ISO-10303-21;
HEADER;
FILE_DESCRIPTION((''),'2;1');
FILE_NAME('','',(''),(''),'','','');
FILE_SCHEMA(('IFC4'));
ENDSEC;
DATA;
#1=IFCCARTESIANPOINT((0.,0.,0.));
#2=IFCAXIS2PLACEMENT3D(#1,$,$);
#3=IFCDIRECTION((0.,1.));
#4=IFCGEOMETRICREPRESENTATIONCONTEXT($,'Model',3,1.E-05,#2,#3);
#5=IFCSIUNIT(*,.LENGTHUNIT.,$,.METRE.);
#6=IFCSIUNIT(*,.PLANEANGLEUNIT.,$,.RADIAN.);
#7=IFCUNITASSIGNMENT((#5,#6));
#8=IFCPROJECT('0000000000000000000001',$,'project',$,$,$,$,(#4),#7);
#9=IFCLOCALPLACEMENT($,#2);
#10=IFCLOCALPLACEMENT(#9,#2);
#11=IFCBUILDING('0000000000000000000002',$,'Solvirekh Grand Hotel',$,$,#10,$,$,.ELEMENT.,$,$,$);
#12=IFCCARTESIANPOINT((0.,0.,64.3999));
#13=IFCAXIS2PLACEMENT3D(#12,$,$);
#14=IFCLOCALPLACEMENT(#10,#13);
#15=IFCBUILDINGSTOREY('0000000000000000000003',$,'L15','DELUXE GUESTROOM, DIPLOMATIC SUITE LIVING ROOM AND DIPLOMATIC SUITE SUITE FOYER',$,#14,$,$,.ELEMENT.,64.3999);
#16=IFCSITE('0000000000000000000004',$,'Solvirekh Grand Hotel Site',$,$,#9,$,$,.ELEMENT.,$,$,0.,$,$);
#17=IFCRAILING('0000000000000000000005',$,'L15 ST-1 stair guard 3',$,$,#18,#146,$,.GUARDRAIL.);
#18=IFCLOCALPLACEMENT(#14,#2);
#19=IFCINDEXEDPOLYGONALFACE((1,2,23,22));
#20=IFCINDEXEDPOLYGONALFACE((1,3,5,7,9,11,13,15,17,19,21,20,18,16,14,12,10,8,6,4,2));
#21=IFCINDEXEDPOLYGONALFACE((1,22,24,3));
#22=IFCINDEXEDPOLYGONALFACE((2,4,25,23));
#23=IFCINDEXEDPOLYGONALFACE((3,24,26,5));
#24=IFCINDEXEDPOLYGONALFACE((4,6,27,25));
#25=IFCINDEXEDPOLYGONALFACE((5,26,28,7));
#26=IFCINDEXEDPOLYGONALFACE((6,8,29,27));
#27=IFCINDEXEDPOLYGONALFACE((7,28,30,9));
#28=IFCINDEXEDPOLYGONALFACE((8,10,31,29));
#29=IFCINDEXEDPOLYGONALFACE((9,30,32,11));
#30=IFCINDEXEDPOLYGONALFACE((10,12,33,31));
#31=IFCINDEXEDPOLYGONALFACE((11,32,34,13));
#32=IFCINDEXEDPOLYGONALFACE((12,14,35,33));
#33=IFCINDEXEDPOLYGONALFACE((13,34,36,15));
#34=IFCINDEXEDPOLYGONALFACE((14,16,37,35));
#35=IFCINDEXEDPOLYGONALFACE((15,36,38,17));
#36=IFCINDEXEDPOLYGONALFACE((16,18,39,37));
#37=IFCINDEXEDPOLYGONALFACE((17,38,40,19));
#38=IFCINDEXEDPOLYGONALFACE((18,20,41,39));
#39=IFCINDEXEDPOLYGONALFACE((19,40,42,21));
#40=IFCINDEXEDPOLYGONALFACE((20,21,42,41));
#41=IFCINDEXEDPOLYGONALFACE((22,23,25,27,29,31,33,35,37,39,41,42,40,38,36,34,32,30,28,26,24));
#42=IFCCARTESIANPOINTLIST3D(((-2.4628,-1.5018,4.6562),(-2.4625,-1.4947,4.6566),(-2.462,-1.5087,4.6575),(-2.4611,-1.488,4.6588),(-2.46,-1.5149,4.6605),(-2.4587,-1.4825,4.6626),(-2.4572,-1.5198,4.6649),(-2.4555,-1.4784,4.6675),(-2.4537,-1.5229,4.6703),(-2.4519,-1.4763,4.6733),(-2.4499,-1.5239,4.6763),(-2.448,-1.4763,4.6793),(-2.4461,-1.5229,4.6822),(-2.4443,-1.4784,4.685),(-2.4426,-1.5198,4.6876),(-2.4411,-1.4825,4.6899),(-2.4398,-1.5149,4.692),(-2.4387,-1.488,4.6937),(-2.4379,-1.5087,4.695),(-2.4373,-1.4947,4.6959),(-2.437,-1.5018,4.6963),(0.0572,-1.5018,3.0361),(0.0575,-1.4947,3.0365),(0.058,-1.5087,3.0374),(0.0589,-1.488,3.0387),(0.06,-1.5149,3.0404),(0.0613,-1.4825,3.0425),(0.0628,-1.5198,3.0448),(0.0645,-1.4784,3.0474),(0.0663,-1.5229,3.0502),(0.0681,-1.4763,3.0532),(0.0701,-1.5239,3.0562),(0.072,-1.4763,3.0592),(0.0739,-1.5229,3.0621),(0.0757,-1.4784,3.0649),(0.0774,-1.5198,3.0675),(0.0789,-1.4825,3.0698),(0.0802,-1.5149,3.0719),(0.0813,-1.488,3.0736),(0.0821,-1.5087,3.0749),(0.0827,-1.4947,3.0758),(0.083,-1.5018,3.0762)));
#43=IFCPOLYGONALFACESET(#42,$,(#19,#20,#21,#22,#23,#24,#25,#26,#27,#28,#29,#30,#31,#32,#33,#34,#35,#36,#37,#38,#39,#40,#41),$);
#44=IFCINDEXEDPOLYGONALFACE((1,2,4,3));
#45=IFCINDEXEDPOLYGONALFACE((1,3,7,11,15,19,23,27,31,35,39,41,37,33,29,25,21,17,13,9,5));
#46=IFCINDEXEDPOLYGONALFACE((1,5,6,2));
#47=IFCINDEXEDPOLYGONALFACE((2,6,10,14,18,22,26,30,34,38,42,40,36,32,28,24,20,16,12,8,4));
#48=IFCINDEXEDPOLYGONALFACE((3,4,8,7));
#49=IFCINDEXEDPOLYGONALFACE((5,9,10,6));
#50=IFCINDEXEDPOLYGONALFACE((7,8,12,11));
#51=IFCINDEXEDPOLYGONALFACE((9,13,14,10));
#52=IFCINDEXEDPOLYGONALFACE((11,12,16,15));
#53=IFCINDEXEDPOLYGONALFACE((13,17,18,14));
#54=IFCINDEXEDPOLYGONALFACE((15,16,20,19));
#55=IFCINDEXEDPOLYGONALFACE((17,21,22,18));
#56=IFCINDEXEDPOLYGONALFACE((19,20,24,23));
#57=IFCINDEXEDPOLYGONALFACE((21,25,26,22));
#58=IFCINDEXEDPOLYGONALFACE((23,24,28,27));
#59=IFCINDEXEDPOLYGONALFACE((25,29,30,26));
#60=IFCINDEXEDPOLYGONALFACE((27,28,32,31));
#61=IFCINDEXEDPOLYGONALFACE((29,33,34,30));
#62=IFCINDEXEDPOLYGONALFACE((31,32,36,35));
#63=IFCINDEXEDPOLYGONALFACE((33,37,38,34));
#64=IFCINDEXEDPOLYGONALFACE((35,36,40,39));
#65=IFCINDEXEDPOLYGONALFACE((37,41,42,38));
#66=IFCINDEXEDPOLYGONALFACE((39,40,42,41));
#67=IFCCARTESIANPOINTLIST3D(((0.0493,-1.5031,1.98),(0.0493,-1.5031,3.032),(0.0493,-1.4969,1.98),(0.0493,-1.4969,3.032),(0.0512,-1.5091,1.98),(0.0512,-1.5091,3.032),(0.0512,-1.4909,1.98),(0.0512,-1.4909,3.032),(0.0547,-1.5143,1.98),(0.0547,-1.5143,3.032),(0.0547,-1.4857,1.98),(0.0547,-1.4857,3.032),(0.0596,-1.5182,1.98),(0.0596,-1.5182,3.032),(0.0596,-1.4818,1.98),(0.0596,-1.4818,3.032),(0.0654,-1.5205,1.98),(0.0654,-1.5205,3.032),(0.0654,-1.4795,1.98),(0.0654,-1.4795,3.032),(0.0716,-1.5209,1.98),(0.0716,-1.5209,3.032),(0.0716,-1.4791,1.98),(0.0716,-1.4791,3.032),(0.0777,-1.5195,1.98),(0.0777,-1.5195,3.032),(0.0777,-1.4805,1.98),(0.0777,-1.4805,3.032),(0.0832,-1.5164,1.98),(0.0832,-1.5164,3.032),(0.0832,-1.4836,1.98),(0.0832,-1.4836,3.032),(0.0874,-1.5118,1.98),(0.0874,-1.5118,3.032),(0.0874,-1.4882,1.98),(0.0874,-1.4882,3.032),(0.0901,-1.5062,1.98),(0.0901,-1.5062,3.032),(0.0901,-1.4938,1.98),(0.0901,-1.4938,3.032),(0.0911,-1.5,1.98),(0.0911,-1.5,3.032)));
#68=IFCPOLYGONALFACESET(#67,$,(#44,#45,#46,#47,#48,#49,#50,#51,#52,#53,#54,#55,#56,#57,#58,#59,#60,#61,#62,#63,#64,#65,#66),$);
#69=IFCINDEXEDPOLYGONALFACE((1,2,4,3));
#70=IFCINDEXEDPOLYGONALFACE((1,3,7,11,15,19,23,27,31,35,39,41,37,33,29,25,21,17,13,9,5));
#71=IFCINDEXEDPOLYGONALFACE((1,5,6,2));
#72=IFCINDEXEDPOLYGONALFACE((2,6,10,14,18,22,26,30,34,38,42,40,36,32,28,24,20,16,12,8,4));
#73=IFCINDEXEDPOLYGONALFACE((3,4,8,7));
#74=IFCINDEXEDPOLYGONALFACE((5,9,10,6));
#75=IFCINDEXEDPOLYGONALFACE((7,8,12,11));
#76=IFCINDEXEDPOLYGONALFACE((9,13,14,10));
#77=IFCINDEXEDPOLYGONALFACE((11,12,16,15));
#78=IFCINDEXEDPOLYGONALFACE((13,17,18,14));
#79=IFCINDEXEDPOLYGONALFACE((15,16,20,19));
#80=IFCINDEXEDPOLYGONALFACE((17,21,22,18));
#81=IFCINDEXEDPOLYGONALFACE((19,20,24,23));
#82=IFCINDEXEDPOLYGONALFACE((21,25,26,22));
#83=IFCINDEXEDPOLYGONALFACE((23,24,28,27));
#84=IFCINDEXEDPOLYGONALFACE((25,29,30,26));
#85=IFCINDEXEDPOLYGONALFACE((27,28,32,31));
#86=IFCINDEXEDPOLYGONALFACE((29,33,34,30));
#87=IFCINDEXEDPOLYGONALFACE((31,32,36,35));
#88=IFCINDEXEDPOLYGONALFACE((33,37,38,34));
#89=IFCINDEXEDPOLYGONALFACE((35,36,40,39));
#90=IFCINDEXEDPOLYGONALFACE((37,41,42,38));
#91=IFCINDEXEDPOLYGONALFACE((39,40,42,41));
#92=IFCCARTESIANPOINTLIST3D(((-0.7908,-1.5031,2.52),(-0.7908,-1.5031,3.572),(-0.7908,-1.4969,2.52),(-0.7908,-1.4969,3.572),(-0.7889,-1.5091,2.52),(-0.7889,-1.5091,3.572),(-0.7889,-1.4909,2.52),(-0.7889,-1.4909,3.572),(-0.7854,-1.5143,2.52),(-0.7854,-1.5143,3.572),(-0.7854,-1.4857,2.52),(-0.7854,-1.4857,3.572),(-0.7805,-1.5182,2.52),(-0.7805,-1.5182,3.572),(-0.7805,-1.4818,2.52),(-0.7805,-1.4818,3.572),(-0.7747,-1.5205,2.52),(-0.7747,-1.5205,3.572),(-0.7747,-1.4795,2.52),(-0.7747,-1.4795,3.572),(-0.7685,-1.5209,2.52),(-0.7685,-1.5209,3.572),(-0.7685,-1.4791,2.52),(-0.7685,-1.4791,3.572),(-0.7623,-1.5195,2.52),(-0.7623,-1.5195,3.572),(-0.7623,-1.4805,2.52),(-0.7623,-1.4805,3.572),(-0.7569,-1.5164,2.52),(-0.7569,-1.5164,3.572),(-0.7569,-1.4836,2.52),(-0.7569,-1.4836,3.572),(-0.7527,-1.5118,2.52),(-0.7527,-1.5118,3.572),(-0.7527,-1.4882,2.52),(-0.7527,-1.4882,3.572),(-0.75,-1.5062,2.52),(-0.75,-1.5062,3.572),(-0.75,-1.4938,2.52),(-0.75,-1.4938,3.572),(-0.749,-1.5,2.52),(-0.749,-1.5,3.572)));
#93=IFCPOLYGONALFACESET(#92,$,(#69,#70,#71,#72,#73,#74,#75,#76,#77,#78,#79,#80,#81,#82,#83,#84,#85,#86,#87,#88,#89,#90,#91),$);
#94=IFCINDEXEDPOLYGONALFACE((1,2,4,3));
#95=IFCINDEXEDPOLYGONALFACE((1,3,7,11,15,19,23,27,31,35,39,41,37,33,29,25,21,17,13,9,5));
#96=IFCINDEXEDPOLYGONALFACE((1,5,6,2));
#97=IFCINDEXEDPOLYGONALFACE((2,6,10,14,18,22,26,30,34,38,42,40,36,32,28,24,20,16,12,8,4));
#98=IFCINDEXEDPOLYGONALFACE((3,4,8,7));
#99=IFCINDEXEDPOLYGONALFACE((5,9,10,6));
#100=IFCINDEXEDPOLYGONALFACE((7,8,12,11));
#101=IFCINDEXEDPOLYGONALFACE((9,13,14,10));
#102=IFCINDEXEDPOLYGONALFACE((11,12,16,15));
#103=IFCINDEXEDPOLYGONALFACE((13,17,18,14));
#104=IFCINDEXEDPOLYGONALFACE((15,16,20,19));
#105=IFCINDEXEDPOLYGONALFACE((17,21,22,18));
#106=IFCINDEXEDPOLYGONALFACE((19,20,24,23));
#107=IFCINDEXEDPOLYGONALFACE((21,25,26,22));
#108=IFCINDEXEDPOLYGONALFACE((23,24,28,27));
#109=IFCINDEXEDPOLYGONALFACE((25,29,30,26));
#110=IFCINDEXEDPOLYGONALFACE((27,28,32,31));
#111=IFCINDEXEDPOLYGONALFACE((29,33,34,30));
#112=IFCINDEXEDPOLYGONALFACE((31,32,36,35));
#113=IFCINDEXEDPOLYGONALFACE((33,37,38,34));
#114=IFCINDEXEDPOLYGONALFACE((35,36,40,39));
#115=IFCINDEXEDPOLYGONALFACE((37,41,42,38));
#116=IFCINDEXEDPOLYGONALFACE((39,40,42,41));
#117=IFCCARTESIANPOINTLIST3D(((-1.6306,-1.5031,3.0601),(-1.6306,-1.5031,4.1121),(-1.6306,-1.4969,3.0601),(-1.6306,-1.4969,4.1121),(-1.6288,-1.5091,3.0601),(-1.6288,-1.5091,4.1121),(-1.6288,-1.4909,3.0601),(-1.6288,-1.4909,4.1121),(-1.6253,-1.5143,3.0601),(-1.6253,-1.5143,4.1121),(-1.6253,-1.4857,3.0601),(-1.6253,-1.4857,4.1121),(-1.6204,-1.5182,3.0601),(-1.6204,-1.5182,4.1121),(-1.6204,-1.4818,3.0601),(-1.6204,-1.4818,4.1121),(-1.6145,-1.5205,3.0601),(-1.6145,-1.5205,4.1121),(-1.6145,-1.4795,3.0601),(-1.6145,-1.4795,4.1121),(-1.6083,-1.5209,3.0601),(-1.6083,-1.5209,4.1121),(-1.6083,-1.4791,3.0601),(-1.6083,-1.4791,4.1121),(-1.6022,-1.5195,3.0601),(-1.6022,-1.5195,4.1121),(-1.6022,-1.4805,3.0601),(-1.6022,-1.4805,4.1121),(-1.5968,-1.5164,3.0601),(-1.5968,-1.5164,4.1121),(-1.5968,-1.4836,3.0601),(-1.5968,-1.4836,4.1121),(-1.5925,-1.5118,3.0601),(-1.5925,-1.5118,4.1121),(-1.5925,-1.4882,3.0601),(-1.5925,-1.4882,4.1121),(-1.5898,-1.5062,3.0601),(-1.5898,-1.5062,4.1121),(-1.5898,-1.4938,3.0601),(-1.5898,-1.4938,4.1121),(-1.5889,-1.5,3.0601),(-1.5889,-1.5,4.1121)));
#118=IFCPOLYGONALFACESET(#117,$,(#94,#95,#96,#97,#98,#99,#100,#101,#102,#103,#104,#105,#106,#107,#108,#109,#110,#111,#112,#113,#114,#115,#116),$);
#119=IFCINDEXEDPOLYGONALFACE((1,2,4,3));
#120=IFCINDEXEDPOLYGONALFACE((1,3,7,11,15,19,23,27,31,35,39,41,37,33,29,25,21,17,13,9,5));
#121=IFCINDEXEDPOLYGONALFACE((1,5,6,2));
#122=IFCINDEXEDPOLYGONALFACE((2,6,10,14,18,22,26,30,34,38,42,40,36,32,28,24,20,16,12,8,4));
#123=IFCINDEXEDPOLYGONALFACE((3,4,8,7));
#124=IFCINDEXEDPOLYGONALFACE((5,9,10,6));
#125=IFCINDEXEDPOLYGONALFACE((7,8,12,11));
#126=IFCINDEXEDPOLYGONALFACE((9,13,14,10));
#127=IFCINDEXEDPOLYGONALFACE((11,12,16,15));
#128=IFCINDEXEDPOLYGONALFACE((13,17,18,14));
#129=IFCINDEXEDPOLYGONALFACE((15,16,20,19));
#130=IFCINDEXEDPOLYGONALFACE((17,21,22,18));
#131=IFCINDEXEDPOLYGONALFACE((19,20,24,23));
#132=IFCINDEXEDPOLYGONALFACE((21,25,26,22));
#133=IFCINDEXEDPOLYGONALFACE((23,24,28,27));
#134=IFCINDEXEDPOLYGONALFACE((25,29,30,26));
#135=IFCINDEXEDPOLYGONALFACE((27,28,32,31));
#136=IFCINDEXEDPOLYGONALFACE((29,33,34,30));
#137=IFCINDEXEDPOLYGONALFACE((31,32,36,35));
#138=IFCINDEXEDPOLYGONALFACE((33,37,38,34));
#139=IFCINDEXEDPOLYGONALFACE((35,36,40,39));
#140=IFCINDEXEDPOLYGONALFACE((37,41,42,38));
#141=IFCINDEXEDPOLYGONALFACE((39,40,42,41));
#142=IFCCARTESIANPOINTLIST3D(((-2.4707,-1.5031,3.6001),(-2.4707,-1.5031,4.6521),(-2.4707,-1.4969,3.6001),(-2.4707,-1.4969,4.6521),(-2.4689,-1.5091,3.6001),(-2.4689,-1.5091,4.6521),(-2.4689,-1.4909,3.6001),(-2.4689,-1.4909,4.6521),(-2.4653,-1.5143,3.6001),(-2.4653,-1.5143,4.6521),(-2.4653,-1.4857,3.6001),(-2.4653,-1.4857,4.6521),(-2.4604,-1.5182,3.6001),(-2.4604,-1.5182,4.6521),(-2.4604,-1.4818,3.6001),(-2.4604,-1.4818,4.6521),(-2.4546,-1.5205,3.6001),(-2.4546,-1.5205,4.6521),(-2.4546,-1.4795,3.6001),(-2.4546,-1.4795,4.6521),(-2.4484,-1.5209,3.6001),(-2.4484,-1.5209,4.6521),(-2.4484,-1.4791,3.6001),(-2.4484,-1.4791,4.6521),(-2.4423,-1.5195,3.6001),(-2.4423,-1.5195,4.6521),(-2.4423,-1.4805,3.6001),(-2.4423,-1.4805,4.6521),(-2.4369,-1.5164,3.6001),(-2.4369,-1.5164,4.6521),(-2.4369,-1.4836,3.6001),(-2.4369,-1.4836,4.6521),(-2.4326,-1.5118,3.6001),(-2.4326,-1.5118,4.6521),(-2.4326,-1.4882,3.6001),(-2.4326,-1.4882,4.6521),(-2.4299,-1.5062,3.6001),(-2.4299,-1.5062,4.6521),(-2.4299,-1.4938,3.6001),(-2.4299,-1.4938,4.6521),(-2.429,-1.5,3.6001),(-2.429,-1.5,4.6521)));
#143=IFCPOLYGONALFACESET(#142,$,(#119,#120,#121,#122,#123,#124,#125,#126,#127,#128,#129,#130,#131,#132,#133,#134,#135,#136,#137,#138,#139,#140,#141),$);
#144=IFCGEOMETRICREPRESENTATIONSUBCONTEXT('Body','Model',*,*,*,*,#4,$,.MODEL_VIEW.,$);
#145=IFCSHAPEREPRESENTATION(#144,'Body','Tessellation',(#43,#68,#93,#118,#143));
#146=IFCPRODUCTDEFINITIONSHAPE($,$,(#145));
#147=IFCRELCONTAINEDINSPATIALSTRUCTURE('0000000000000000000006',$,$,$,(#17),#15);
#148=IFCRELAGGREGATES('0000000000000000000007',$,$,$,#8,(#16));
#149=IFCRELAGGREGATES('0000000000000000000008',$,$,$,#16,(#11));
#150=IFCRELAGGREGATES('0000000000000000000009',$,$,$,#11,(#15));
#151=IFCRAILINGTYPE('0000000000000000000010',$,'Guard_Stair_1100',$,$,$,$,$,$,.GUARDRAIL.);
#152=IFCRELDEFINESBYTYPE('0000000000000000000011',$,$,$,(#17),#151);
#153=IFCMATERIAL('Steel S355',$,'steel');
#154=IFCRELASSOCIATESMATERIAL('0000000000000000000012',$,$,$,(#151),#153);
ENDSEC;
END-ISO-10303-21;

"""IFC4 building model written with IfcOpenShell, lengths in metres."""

from ifc_helpers import new_model, si_unit, direction, frame, origin, origin_2d, place, context, subcontext, project, spatial, circle, extrude, material, type_object, element, save


model = new_model("IFC4")

# Units and contexts
model_context = context("Model", 3, precision=1e-05, world=origin(), true_north=direction((0.0, 1.0)))
body_context = subcontext(model_context, "Body", "Model", "MODEL_VIEW")
ifc_project = project(units=[si_unit("LENGTHUNIT", "METRE"), si_unit("PLANEANGLEUNIT", "RADIAN")], contexts=[model_context])

# Site, building, storey
site_placement = place(None, origin())
site = spatial("IfcSite", under=ifc_project, at=site_placement, Name="Solvirekh Grand Hotel Site", CompositionType="ELEMENT", RefElevation=0.0)
building_placement = place(site_placement, origin())
building = spatial("IfcBuilding", under=site, at=building_placement, Name="Solvirekh Grand Hotel", CompositionType="ELEMENT")
storey_placement = place(building_placement, frame((0.0, 0.0, 64.3999)))
storey = spatial("IfcBuildingStorey", under=building, at=storey_placement, Name="L15", Description="DELUXE GUESTROOM, DIPLOMATIC SUITE LIVING ROOM AND DIPLOMATIC SUITE SUITE FOYER", CompositionType="ELEMENT", Elevation=64.3999)

# Shared definitions
ifc_material_1 = material(Name="Steel S355", Category="steel")

# Railing
railing_type_1 = type_object("IfcRailingType", Name="Guard_Stair_1100", PredefinedType="GUARDRAIL", material=ifc_material_1)
railing_1_placement = place(storey_placement, frame((0.0701, -1.5, 1.98)))
element("IfcRailing", 1, at=railing_1_placement, inside=storey, type_object=railing_type_1, Name="L15 ST-1 stair guard 3", PredefinedType="GUARDRAIL", context=body_context, shape_type="SweptSolid", body=[
    extrude(circle(Radius=0.0239, at=origin_2d()), frame((0.0, 0.0, 1.0762), z_axis=(-0.841163, 0.0, 0.540782), x_axis=(0.0, -1.0, 0.0)), (0.0, 0.0, 1.0), 2.9958),
    extrude(circle(Radius=0.021, at=origin_2d()), origin(), (0.0, 0.0, 1.0), 1.052),
    extrude(circle(Radius=0.021, at=origin_2d()), frame((-0.8401, 0.0, 0.54)), (0.0, 0.0, 1.0), 1.052),
    extrude(circle(Radius=0.021, at=origin_2d()), frame((-1.6799, 0.0, 1.0801)), (0.0, 0.0, 1.0), 1.052),
    extrude(circle(Radius=0.021, at=origin_2d()), frame((-2.52, 0.0, 1.6201)), (0.0, 0.0, 1.0), 1.052),
])

save(model, "model.ifc")
